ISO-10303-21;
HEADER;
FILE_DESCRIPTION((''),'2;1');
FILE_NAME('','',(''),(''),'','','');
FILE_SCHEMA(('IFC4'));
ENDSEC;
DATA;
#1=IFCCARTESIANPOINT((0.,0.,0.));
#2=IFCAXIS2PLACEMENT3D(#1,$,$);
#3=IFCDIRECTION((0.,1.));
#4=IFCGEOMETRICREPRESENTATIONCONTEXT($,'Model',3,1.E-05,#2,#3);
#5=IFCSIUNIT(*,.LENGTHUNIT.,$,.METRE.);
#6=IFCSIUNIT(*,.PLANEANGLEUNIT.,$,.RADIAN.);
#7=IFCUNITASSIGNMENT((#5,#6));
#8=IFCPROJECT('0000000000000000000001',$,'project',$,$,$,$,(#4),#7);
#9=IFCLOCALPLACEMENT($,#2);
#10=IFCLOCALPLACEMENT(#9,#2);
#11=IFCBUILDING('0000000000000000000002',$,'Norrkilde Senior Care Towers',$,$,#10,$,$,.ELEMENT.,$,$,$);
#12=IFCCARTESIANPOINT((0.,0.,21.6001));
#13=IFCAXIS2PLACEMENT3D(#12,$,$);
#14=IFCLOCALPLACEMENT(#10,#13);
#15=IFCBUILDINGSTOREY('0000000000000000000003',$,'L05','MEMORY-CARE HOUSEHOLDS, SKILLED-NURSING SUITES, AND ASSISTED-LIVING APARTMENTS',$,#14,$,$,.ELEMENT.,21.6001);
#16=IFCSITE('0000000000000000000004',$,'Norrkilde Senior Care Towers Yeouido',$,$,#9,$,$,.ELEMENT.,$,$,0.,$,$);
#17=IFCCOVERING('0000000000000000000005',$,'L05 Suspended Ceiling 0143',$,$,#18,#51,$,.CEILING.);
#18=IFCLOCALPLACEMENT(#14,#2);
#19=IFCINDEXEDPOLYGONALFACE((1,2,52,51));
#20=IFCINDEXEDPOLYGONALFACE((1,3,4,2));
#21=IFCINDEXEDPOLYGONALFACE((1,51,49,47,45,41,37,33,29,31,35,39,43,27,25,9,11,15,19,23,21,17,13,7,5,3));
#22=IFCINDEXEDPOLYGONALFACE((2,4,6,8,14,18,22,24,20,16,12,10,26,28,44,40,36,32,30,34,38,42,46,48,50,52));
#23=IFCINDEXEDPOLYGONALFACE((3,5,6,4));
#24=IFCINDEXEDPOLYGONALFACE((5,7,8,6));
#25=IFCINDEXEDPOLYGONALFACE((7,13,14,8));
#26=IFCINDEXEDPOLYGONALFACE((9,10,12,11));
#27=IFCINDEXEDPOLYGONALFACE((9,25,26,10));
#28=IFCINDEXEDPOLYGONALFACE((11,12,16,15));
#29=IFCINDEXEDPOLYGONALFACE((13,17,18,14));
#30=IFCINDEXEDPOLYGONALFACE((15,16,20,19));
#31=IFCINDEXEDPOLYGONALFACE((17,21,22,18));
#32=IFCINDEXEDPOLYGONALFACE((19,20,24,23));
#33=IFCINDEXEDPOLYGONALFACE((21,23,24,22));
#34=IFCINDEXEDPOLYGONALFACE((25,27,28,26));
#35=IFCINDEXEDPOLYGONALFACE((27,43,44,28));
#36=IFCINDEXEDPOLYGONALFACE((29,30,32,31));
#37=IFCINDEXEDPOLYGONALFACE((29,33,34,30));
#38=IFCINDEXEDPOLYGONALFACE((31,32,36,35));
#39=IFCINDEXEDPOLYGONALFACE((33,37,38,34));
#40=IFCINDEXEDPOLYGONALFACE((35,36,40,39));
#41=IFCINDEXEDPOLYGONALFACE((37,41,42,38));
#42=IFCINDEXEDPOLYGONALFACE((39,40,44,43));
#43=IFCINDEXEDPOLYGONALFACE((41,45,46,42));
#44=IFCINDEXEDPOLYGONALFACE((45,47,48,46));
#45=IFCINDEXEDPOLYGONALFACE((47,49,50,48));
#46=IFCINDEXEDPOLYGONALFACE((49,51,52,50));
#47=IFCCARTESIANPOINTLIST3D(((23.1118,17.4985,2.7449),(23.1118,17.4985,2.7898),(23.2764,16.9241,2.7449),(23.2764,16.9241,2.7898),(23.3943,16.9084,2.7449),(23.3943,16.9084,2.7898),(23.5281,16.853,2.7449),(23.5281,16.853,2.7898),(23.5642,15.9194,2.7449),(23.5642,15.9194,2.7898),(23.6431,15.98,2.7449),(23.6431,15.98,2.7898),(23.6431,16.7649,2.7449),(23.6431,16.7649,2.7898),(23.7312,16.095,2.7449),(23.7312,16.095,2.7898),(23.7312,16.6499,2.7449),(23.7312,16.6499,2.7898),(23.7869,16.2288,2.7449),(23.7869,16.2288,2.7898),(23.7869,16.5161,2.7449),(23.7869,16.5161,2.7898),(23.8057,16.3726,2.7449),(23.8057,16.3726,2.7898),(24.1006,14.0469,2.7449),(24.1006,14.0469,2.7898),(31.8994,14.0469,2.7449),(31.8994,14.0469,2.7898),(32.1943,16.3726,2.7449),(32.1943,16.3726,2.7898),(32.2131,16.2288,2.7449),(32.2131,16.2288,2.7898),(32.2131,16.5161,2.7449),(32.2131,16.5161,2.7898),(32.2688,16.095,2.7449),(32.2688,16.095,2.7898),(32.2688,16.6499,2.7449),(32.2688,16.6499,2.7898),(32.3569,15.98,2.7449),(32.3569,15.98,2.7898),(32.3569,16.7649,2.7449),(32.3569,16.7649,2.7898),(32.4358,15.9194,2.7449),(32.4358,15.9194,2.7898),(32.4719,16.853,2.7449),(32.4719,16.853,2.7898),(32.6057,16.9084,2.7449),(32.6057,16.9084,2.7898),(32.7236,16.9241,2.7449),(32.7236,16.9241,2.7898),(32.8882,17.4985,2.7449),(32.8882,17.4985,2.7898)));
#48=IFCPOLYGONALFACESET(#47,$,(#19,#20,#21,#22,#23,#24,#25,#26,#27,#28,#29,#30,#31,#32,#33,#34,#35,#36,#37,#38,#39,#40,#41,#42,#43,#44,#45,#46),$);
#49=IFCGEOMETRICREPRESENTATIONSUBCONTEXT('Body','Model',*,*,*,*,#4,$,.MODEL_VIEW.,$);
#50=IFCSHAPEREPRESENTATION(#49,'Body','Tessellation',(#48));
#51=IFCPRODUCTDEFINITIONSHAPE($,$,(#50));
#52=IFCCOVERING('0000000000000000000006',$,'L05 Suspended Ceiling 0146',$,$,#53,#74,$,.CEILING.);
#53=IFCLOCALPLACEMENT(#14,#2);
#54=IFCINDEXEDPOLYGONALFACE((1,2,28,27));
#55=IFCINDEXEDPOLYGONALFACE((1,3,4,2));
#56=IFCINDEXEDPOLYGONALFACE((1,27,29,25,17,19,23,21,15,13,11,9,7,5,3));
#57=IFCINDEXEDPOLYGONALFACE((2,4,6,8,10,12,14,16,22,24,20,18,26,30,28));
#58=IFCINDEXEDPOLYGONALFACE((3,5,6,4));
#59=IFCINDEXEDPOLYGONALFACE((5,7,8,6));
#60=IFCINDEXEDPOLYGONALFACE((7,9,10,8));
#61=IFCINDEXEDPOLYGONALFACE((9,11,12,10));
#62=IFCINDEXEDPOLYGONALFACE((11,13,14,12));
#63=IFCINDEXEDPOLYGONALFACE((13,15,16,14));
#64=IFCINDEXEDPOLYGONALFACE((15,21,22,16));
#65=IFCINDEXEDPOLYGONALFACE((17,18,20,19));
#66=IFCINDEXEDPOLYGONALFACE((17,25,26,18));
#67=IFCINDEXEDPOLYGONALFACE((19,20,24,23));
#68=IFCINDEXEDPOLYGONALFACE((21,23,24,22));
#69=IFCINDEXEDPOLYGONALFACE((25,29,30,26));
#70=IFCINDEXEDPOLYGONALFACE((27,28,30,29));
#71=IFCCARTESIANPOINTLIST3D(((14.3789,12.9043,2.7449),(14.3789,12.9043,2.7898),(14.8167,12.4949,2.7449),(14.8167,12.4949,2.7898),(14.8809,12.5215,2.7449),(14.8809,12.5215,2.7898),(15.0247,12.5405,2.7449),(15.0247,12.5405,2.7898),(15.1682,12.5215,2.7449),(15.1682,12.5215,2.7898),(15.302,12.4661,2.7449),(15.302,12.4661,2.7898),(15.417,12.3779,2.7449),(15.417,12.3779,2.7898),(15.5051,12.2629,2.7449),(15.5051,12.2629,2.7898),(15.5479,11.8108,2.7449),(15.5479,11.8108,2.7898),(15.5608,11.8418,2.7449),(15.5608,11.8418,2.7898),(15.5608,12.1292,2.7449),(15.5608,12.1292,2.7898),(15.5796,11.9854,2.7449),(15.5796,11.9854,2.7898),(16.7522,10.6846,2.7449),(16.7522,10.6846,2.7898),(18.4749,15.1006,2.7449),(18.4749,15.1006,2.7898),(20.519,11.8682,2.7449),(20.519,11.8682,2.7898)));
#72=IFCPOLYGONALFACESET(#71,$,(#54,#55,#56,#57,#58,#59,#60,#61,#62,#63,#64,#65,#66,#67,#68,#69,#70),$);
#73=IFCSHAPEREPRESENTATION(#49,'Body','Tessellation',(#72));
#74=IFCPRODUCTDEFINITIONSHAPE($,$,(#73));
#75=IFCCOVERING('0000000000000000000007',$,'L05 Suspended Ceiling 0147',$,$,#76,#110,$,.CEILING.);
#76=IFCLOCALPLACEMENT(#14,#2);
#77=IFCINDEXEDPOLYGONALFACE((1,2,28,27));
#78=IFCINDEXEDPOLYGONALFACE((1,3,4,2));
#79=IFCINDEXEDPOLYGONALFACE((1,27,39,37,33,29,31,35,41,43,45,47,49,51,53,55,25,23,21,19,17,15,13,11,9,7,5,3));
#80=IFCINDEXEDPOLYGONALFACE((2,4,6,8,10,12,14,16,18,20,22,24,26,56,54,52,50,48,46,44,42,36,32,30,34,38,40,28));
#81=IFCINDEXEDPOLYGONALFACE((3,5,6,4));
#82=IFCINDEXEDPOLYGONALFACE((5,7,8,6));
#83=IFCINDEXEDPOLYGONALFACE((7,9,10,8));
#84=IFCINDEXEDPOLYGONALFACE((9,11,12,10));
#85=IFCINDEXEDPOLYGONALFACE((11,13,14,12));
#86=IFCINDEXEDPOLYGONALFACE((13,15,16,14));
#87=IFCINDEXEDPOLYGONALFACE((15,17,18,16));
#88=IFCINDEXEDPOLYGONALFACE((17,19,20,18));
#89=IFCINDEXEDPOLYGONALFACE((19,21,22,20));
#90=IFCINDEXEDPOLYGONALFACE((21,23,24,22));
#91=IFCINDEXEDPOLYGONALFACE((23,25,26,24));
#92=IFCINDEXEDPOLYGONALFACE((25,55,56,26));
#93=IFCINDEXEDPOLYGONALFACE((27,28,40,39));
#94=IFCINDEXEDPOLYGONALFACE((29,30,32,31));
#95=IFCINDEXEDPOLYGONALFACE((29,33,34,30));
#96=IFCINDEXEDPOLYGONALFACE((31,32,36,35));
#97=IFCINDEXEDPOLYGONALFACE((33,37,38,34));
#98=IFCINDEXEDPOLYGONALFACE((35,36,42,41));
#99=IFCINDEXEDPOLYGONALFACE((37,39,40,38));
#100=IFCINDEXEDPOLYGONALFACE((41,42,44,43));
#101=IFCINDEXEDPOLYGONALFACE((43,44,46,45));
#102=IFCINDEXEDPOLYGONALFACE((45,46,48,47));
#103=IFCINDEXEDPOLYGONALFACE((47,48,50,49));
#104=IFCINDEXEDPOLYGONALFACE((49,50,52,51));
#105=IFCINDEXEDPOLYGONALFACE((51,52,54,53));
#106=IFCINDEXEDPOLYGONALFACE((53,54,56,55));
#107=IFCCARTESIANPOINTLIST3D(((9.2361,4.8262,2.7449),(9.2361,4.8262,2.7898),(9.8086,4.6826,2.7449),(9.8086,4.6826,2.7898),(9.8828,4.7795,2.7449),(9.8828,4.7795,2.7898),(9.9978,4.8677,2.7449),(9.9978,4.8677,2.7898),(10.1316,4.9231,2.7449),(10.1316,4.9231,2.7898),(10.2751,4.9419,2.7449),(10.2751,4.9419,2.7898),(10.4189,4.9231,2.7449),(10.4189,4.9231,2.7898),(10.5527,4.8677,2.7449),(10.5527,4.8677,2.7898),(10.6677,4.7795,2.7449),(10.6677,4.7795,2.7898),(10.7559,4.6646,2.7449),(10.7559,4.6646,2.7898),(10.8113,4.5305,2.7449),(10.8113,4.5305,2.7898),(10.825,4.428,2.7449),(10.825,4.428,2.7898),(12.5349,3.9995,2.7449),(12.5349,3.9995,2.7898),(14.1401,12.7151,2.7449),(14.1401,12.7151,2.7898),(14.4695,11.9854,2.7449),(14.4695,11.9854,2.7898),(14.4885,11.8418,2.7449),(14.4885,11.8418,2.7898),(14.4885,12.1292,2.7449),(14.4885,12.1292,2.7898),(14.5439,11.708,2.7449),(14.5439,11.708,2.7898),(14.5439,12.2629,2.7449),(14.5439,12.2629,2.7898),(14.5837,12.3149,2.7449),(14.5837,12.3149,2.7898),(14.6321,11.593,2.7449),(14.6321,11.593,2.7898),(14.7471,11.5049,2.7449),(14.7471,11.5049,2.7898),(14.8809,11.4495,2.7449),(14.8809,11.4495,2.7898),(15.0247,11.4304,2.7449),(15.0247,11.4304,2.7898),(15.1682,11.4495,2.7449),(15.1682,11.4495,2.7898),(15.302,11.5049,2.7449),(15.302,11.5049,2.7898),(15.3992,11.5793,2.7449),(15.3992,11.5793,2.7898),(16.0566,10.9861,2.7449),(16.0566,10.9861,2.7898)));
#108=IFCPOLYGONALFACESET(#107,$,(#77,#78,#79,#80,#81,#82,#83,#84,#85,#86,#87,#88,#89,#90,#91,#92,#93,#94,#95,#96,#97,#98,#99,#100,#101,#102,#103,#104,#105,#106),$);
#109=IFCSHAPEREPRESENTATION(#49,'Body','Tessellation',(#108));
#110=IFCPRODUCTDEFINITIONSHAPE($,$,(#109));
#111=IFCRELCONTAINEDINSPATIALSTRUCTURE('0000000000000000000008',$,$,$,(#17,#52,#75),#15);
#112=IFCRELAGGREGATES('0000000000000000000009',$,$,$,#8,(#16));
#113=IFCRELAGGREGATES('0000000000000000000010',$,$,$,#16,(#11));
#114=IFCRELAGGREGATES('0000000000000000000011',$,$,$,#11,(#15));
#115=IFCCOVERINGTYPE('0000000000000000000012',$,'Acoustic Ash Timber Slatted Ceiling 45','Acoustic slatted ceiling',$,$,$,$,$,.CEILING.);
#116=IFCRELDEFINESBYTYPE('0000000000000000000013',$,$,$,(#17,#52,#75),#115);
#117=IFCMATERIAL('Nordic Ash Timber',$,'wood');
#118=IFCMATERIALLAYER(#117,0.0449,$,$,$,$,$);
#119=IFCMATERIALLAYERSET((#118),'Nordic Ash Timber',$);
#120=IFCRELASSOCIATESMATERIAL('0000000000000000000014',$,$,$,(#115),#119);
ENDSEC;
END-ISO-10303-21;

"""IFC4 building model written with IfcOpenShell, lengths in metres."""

from ifc_helpers import new_model, si_unit, direction, frame, origin, place, context, subcontext, project, spatial, polyline, outline, extrude, material, layer, layer_set, type_object, element, save


model = new_model("IFC4")

# Units and contexts
model_context = context("Model", 3, precision=1e-05, world=origin(), true_north=direction((0.0, 1.0)))
body_context = subcontext(model_context, "Body", "Model", "MODEL_VIEW")
ifc_project = project(units=[si_unit("LENGTHUNIT", "METRE"), si_unit("PLANEANGLEUNIT", "RADIAN")], contexts=[model_context])

# Site, building, storey
site_placement = place(None, origin())
site = spatial("IfcSite", under=ifc_project, at=site_placement, Name="Norrkilde Senior Care Towers Yeouido", CompositionType="ELEMENT", RefElevation=0.0)
building_placement = place(site_placement, origin())
building = spatial("IfcBuilding", under=site, at=building_placement, Name="Norrkilde Senior Care Towers", CompositionType="ELEMENT")
storey_placement = place(building_placement, frame((0.0, 0.0, 21.6001)))
storey = spatial("IfcBuildingStorey", under=building, at=storey_placement, Name="L05", Description="MEMORY-CARE HOUSEHOLDS, SKILLED-NURSING SUITES, AND ASSISTED-LIVING APARTMENTS", CompositionType="ELEMENT", Elevation=21.6001)

# Shared definitions
ifc_material_1 = material(Name="Nordic Ash Timber", Category="wood")

# Coverings
ifc_layer_1 = layer(ifc_material_1, 0.0449)
ifc_layer_set_1 = layer_set([ifc_layer_1], Name="Nordic Ash Timber")
covering_type_1 = type_object("IfcCoveringType", Name="Acoustic Ash Timber Slatted Ceiling 45", Description="Acoustic slatted ceiling", PredefinedType="CEILING", material=ifc_layer_set_1)
covering_1_placement = place(storey_placement, frame((0.0, 0.0, 2.7449)))
element("IfcCovering", 1, at=covering_1_placement, inside=storey, type_object=covering_type_1, Name="L05 Suspended Ceiling 0143", PredefinedType="CEILING", context=body_context, shape_type="SweptSolid", body=[
    extrude(outline(polyline([(32.7236, 16.9241), (32.6057, 16.9084), (32.4719, 16.853), (32.3569, 16.7649), (32.2688, 16.6499), (32.2131, 16.5161), (32.1943, 16.3726), (32.2131, 16.2288), (32.2688, 16.095), (32.3569, 15.98), (32.4358, 15.9194), (31.8994, 14.0469), (24.1006, 14.0469), (23.5642, 15.9194), (23.6431, 15.98), (23.7312, 16.095), (23.7869, 16.2288), (23.8057, 16.3726), (23.7869, 16.5161), (23.7312, 16.6499), (23.6431, 16.7649), (23.5281, 16.853), (23.3943, 16.9084), (23.2764, 16.9241), (23.1118, 17.4985), (32.8882, 17.4985), (32.7236, 16.9241)])), origin(), (0.0, 0.0, 1.0), 0.0449),
])
covering_2_placement = place(storey_placement, frame((0.0, 0.0, 2.7449)))
element("IfcCovering", 2, at=covering_2_placement, inside=storey, type_object=covering_type_1, Name="L05 Suspended Ceiling 0146", PredefinedType="CEILING", context=body_context, shape_type="SweptSolid", body=[
    extrude(outline(polyline([(15.5479, 11.8108), (15.5608, 11.8418), (15.5796, 11.9854), (15.5608, 12.1292), (15.5051, 12.2629), (15.417, 12.3779), (15.302, 12.4661), (15.1682, 12.5215), (15.0247, 12.5405), (14.8809, 12.5215), (14.8167, 12.4949), (14.3789, 12.9043), (18.4749, 15.1006), (20.519, 11.8682), (16.7522, 10.6846), (15.5479, 11.8108)])), origin(), (0.0, 0.0, 1.0), 0.0449),
])
covering_3_placement = place(storey_placement, frame((0.0, 0.0, 2.7449)))
element("IfcCovering", 3, at=covering_3_placement, inside=storey, type_object=covering_type_1, Name="L05 Suspended Ceiling 0147", PredefinedType="CEILING", context=body_context, shape_type="SweptSolid", body=[
    extrude(outline(polyline([(10.825, 4.428), (10.8113, 4.5305), (10.7559, 4.6646), (10.6677, 4.7795), (10.5527, 4.8677), (10.4189, 4.9231), (10.2751, 4.9419), (10.1316, 4.9231), (9.9978, 4.8677), (9.8828, 4.7795), (9.8086, 4.6826), (9.2361, 4.8262), (14.1401, 12.7151), (14.5837, 12.3149), (14.5439, 12.2629), (14.4885, 12.1292), (14.4695, 11.9854), (14.4885, 11.8418), (14.5439, 11.708), (14.6321, 11.593), (14.7471, 11.5049), (14.8809, 11.4495), (15.0247, 11.4304), (15.1682, 11.4495), (15.302, 11.5049), (15.3992, 11.5793), (16.0566, 10.9861), (12.5349, 3.9995), (10.825, 4.428)])), origin(), (0.0, 0.0, 1.0), 0.0449),
])

save(model, "model.ifc")
